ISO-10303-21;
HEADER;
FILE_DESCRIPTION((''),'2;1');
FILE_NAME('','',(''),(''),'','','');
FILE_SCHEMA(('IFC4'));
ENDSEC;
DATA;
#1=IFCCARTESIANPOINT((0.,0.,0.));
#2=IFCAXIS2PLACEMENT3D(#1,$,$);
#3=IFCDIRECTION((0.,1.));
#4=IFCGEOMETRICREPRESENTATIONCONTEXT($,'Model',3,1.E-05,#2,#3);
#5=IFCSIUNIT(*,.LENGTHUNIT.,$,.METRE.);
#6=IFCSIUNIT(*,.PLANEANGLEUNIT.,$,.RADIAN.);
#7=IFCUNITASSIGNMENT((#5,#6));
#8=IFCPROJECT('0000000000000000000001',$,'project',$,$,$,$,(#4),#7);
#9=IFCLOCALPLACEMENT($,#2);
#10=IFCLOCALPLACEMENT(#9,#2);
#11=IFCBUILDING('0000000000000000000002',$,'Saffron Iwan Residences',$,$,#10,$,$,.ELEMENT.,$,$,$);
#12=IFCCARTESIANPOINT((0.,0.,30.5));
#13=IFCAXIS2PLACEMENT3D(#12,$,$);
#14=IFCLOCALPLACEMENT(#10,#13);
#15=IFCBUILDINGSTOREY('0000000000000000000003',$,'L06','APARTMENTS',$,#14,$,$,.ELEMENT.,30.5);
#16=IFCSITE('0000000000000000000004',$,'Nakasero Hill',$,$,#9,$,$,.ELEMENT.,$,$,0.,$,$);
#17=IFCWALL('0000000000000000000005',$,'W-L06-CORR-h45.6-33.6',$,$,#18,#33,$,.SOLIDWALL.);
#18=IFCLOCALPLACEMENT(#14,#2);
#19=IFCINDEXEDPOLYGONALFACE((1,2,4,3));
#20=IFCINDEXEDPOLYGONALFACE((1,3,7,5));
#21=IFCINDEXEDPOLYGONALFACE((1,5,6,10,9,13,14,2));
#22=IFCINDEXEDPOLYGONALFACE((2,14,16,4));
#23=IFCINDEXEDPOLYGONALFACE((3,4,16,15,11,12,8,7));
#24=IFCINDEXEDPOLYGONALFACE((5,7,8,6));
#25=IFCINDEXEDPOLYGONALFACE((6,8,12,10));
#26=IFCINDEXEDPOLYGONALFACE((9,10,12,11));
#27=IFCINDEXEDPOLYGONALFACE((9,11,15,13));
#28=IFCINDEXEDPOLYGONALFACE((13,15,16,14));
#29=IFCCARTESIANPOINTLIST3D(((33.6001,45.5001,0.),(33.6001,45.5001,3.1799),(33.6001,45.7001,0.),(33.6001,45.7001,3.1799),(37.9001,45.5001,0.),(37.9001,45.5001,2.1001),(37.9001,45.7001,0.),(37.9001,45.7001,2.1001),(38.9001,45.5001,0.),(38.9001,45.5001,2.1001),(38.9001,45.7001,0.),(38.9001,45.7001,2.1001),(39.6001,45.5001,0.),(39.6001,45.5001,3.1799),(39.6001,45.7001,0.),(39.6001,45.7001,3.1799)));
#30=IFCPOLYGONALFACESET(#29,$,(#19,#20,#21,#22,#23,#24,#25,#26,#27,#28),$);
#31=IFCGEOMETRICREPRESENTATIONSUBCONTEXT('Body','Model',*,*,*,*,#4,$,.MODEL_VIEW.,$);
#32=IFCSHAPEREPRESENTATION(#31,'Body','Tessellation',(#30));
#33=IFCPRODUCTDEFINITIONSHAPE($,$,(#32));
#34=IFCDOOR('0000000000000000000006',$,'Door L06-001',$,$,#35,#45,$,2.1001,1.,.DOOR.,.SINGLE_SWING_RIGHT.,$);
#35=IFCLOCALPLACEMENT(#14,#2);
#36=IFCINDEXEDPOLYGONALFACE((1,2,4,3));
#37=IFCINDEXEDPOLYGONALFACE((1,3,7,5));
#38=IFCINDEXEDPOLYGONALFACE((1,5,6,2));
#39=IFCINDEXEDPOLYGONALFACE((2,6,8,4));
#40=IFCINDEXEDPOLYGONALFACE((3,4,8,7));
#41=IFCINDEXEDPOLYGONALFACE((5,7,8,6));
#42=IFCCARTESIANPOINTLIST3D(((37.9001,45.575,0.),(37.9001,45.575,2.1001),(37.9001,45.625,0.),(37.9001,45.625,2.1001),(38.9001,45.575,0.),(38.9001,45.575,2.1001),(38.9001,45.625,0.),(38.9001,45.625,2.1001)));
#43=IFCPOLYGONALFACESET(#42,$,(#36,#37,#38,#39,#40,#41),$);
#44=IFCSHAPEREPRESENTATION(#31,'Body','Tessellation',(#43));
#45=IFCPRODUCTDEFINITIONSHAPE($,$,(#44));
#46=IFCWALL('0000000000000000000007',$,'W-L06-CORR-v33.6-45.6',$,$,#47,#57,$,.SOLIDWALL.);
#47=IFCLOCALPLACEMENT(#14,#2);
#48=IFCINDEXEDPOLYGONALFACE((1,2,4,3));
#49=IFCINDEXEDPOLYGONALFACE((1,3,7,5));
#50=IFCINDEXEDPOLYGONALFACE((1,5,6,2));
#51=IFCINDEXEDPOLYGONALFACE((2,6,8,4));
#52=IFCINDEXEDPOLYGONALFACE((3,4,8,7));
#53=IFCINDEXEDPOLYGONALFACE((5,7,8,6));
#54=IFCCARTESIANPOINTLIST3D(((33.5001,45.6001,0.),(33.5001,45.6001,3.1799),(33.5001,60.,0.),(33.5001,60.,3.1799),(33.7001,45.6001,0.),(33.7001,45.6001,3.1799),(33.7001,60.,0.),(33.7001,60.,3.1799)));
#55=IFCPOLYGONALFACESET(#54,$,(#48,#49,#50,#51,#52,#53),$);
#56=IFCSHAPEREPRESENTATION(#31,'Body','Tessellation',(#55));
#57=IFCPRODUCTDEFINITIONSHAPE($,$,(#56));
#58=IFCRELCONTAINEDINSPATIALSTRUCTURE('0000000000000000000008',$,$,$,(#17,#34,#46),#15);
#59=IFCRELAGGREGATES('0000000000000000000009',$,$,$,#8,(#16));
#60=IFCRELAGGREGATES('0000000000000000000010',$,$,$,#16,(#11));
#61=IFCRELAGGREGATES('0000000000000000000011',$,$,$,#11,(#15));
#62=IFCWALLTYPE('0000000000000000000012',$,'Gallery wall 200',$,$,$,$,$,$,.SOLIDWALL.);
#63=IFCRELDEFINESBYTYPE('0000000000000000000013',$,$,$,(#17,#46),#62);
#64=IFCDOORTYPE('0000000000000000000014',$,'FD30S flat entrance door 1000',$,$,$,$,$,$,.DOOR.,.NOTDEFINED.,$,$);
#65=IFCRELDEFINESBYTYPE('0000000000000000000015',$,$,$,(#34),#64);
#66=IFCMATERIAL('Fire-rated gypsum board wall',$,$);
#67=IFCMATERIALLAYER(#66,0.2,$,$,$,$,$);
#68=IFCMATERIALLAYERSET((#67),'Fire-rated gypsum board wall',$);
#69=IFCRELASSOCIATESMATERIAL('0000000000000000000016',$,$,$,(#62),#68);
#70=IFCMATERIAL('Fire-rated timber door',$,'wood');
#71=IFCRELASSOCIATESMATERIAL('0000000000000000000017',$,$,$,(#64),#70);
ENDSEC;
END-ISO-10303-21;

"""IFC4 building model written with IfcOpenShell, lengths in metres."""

from ifc_helpers import new_model, si_unit, direction, frame, frame_2d, origin, place, context, subcontext, project, spatial, rectangle, extrude, material, layer, layer_set, type_object, element, fill, save


model = new_model("IFC4")

# Units and contexts
model_context = context("Model", 3, precision=1e-05, world=origin(), true_north=direction((0.0, 1.0)))
body_context = subcontext(model_context, "Body", "Model", "MODEL_VIEW")
ifc_project = project(units=[si_unit("LENGTHUNIT", "METRE"), si_unit("PLANEANGLEUNIT", "RADIAN")], contexts=[model_context])

# Site, building, storey
site_placement = place(None, origin())
site = spatial("IfcSite", under=ifc_project, at=site_placement, Name="Nakasero Hill", CompositionType="ELEMENT", RefElevation=0.0)
building_placement = place(site_placement, origin())
building = spatial("IfcBuilding", under=site, at=building_placement, Name="Saffron Iwan Residences", CompositionType="ELEMENT")
storey_placement = place(building_placement, frame((0.0, 0.0, 30.5)))
storey = spatial("IfcBuildingStorey", under=building, at=storey_placement, Name="L06", Description="APARTMENTS", CompositionType="ELEMENT", Elevation=30.5)

# Wall, opening, door
ifc_material_1 = material(Name="Fire-rated gypsum board wall")
ifc_layer_1 = layer(ifc_material_1, 0.2)
ifc_layer_set_1 = layer_set([ifc_layer_1], Name="Fire-rated gypsum board wall")
wall_type_1 = type_object("IfcWallType", Name="Gallery wall 200", PredefinedType="SOLIDWALL", material=ifc_layer_set_1)
wall_1_placement = place(storey_placement, frame((33.6001, 45.6001, 0.0), z_axis=(0.0, 0.0, 1.0), x_axis=(1.0, 0.0, 0.0)))
wall_1 = element("IfcWall", 1, at=wall_1_placement, inside=storey, type_object=wall_type_1, Name="W-L06-CORR-h45.6-33.6", PredefinedType="SOLIDWALL", context=body_context, shape_type="SweptSolid", body=[
    extrude(rectangle(XDim=6.0, YDim=0.2, at=frame_2d((3.0, 0.0))), origin(), (0.0, 0.0, 1.0), 3.1799),
])
opening_1_placement = place(wall_1_placement, frame((4.3, 0.0, 0.0)))
opening_1 = element("IfcOpeningElement", 2, at=opening_1_placement, cuts=wall_1, PredefinedType="OPENING", context=body_context, shape_type="SweptSolid", body=[
    extrude(rectangle(XDim=1.0, YDim=2.1001, at=frame_2d((0.5, 1.05))), frame((0.0, 0.1099, 0.0), z_axis=(0.0, -1.0, 0.0), x_axis=(1.0, 0.0, 0.0)), (0.0, 0.0, 1.0), 0.22),
])
ifc_material_2 = material(Name="Fire-rated timber door", Category="wood")
door_type_1 = type_object("IfcDoorType", Name="FD30S flat entrance door 1000", OperationType="NOTDEFINED", PredefinedType="DOOR", material=ifc_material_2)
door_1_placement = place(opening_1_placement, origin())
door_1 = element("IfcDoor", 3, at=door_1_placement, inside=storey, type_object=door_type_1, Name="Door L06-001", OperationType="SINGLE_SWING_RIGHT", OverallHeight=2.1001, OverallWidth=1.0, PredefinedType="DOOR", context=body_context, shape_type="SweptSolid", body=[
    extrude(rectangle(XDim=1.0, YDim=2.1001, at=frame_2d((0.5, 1.05))), frame((0.0, 0.0249, 0.0), z_axis=(0.0, -1.0, 0.0), x_axis=(1.0, 0.0, 0.0)), (0.0, 0.0, 1.0), 0.05),
])
fill(opening_1, door_1)

# Wall
wall_2_placement = place(storey_placement, frame((33.6001, 45.6001, 0.0), z_axis=(0.0, 0.0, 1.0), x_axis=(0.0, 1.0, 0.0)))
element("IfcWall", 4, at=wall_2_placement, inside=storey, type_object=wall_type_1, Name="W-L06-CORR-v33.6-45.6", PredefinedType="SOLIDWALL", context=body_context, shape_type="SweptSolid", body=[
    extrude(rectangle(XDim=14.3999, YDim=0.2, at=frame_2d((7.2, 0.0))), origin(), (0.0, 0.0, 1.0), 3.1799),
])

save(model, "model.ifc")
